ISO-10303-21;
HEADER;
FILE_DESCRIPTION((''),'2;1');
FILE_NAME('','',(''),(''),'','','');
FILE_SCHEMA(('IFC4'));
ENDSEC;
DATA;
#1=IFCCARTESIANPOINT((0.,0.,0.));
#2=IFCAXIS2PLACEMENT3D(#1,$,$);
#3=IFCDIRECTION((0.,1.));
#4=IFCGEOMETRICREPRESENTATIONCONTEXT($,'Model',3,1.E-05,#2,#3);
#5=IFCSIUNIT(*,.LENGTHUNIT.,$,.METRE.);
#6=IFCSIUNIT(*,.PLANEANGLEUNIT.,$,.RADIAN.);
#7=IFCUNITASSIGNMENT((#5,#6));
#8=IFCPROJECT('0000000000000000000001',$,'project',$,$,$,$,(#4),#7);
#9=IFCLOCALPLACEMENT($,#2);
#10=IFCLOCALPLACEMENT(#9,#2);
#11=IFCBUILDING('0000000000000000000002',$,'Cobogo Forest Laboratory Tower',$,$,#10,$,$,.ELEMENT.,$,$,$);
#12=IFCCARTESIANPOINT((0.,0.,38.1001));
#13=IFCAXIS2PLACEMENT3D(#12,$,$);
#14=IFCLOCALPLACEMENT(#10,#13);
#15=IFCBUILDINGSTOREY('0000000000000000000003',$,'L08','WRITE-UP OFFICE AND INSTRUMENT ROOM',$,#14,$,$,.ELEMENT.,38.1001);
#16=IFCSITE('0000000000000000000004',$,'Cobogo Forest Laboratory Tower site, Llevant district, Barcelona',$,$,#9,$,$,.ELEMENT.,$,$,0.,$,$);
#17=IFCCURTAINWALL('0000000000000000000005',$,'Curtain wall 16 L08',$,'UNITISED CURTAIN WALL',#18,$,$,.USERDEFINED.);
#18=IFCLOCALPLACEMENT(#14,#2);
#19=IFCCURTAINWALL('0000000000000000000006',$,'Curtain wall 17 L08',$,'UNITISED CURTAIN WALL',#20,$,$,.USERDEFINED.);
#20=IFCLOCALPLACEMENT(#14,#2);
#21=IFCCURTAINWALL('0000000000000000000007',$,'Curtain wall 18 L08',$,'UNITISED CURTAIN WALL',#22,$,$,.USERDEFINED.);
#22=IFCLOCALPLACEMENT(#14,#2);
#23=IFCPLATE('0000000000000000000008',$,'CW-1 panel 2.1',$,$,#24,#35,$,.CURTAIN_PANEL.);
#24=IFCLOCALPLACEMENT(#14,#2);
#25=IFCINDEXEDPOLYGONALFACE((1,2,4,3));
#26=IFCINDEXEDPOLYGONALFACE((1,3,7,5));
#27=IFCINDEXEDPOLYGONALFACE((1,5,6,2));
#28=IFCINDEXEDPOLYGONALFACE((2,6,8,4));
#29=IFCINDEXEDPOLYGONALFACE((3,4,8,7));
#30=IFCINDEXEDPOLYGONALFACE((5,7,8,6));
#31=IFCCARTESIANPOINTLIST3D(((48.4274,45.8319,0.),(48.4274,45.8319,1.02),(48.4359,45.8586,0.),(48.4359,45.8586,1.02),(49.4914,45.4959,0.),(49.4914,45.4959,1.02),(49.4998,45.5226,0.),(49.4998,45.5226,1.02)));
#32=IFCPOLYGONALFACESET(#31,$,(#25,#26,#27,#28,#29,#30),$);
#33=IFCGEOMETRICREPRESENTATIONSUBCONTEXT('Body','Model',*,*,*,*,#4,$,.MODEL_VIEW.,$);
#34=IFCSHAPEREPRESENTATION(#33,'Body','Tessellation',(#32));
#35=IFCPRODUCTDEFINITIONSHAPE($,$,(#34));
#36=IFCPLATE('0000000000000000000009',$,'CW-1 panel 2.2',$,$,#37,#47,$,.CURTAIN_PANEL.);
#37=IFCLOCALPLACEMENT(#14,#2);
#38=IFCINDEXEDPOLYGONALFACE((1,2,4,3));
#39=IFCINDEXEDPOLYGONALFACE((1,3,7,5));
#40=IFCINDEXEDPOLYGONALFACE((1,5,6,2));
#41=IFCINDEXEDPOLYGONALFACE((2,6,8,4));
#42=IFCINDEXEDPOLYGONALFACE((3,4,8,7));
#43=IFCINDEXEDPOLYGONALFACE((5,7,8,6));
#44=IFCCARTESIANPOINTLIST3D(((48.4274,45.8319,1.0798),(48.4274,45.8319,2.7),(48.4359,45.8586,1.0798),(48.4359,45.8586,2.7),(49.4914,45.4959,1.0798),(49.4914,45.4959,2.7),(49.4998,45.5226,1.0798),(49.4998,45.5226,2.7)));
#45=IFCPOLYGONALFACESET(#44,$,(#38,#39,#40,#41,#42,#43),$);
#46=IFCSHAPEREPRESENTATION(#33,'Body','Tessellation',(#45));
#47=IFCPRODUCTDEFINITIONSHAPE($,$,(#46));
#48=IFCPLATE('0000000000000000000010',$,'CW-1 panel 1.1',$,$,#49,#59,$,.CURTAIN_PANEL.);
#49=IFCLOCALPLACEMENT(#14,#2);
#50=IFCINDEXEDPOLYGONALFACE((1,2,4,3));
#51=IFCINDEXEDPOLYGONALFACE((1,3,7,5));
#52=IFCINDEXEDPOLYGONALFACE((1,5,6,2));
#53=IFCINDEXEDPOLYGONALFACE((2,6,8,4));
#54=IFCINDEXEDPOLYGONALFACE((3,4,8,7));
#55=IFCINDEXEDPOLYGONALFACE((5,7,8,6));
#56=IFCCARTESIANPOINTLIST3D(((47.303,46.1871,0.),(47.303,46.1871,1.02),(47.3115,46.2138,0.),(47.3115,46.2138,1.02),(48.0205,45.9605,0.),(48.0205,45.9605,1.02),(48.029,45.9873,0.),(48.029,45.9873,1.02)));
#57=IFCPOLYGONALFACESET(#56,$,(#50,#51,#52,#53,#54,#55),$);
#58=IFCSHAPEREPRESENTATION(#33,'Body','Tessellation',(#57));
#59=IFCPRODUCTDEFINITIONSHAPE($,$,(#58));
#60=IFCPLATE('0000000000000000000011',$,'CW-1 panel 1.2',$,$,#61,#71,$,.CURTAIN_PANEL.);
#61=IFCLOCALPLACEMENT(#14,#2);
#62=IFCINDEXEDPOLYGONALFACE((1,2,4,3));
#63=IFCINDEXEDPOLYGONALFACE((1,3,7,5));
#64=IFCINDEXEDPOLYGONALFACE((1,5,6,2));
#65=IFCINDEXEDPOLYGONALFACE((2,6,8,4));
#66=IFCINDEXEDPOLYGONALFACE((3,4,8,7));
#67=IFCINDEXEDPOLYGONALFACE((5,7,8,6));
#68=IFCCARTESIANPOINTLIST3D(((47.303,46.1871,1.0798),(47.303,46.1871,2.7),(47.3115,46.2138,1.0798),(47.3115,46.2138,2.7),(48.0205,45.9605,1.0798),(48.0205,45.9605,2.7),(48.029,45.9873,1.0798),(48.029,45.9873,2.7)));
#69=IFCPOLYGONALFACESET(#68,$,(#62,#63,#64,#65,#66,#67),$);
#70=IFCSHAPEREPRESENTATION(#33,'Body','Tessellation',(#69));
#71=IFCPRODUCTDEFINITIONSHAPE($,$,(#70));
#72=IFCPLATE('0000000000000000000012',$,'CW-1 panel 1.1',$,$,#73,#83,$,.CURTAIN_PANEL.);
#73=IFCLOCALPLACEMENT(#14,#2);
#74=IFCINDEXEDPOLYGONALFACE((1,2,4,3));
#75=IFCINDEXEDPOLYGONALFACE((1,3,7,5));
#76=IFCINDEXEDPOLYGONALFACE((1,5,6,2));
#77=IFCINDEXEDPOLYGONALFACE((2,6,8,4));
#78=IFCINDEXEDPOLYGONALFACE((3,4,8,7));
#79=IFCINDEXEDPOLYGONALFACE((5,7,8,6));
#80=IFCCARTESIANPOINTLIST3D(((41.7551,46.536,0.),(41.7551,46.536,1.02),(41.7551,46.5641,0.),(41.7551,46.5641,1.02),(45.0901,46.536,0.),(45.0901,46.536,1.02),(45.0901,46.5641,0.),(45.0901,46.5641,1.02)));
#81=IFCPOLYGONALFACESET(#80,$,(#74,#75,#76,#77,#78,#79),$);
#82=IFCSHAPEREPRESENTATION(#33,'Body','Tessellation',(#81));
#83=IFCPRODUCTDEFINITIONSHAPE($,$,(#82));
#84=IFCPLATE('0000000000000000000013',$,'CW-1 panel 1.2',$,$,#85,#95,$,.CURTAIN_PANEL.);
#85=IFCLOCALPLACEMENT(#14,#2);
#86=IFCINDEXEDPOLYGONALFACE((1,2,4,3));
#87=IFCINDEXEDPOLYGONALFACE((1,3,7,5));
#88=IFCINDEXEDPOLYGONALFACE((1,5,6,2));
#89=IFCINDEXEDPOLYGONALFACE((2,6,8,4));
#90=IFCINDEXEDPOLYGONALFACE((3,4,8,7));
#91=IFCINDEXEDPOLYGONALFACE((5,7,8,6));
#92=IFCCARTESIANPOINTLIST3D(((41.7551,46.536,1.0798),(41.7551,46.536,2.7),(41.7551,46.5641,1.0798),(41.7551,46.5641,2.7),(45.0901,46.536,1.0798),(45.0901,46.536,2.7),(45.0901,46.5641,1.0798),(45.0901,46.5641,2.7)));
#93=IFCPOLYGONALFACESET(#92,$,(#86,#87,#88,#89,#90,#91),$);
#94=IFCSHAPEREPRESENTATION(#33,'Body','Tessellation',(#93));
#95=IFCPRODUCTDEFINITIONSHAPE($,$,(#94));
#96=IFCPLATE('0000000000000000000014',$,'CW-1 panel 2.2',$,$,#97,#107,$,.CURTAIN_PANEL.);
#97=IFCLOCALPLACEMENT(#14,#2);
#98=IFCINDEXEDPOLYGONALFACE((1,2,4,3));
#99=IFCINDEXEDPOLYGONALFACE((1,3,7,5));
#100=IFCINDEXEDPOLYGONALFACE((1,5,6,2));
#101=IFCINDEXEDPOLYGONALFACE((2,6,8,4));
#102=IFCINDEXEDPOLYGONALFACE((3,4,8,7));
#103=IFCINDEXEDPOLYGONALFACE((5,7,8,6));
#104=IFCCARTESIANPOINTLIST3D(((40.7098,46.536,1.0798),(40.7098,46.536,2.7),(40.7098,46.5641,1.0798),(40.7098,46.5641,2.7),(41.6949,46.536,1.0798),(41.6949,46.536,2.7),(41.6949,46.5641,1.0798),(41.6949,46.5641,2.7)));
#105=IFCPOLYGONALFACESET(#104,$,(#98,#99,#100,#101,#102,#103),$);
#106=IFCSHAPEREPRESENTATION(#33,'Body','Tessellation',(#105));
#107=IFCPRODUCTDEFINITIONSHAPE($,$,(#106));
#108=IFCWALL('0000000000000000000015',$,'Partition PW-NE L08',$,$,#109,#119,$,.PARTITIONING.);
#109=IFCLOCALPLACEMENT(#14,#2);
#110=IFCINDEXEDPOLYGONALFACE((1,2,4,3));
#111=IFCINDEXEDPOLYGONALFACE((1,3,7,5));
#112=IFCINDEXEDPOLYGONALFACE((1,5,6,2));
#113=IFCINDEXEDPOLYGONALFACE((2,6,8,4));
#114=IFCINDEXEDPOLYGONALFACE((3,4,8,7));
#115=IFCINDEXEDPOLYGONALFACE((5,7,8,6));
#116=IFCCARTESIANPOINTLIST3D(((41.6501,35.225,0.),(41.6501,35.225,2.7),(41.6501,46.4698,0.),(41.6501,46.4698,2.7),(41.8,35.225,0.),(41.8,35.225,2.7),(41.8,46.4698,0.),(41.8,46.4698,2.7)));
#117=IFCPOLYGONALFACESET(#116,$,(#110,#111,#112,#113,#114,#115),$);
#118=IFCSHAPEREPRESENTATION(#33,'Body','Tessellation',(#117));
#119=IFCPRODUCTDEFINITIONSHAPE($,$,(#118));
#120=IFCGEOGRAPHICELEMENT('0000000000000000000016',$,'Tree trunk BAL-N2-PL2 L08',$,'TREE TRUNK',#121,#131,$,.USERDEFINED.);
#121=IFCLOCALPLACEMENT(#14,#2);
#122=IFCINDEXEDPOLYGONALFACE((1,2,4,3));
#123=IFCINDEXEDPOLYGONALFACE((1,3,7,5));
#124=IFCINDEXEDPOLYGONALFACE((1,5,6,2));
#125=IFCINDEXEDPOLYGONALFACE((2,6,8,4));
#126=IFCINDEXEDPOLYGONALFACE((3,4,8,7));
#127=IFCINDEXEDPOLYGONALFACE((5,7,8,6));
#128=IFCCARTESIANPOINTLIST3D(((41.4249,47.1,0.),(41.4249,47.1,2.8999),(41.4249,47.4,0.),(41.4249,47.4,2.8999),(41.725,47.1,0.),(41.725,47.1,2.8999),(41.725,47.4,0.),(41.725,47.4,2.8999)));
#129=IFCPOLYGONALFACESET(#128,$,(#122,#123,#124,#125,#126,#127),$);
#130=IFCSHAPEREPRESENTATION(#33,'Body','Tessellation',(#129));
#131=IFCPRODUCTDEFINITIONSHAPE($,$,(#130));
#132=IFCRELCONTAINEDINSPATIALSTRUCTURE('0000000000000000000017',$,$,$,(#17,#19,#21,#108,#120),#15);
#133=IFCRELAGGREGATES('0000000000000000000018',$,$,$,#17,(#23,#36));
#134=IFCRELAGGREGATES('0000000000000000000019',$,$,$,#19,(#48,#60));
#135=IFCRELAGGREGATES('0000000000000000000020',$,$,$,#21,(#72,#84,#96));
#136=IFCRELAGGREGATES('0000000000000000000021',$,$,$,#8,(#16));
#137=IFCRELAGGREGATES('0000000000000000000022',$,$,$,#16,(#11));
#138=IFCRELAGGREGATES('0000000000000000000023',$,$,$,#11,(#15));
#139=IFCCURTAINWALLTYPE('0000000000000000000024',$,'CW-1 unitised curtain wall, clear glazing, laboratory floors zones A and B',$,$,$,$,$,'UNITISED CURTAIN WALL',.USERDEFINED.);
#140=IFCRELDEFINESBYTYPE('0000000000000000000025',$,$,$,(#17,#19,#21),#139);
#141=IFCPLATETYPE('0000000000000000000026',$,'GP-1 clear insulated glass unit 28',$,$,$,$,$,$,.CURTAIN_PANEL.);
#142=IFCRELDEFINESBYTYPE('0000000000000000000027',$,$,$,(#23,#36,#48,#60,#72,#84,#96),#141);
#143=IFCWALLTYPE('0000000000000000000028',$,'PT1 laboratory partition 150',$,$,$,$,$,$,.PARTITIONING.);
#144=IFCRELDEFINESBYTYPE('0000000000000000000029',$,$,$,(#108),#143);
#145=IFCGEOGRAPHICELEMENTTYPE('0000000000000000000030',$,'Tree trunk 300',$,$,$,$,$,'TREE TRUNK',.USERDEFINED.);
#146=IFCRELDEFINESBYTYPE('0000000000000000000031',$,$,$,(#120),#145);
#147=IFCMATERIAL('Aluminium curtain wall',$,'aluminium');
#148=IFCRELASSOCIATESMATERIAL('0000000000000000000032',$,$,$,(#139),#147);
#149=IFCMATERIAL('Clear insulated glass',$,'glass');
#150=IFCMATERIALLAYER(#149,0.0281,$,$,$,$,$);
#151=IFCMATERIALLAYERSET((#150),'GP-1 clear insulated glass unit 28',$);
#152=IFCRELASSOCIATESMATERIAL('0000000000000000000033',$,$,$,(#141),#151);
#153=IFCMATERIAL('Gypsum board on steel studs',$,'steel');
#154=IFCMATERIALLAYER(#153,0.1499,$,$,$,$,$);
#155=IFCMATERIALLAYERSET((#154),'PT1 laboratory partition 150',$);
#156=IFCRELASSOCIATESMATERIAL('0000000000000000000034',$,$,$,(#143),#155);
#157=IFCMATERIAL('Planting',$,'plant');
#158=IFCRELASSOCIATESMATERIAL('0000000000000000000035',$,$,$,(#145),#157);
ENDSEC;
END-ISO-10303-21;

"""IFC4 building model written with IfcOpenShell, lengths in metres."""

from ifc_helpers import new_model, si_unit, direction, frame, frame_2d, origin, origin_2d, place, context, subcontext, project, spatial, rectangle, extrude, material, layer, layer_set, type_object, element, aggregate, save


model = new_model("IFC4")

# Units and contexts
model_context = context("Model", 3, precision=1e-05, world=origin(), true_north=direction((0.0, 1.0)))
body_context = subcontext(model_context, "Body", "Model", "MODEL_VIEW")
ifc_project = project(units=[si_unit("LENGTHUNIT", "METRE"), si_unit("PLANEANGLEUNIT", "RADIAN")], contexts=[model_context])

# Site, building, storey
site_placement = place(None, origin())
site = spatial("IfcSite", under=ifc_project, at=site_placement, Name="Cobogo Forest Laboratory Tower site, Llevant district, Barcelona", CompositionType="ELEMENT", RefElevation=0.0)
building_placement = place(site_placement, origin())
building = spatial("IfcBuilding", under=site, at=building_placement, Name="Cobogo Forest Laboratory Tower", CompositionType="ELEMENT")
storey_placement = place(building_placement, frame((0.0, 0.0, 38.1001)))
storey = spatial("IfcBuildingStorey", under=building, at=storey_placement, Name="L08", Description="WRITE-UP OFFICE AND INSTRUMENT ROOM", CompositionType="ELEMENT", Elevation=38.1001)

# Shared definitions
ifc_material_1 = material(Name="Aluminium curtain wall", Category="aluminium")
curtain_wall_type = type_object("IfcCurtainWallType", Name="CW-1 unitised curtain wall, clear glazing, laboratory floors zones A and B", ElementType="UNITISED CURTAIN WALL", PredefinedType="USERDEFINED", material=ifc_material_1)

# Curtain walls
curtain_wall_1_placement = place(storey_placement, origin())
curtain_wall_1 = element("IfcCurtainWall", 1, at=curtain_wall_1_placement, inside=storey, type_object=curtain_wall_type, Name="Curtain wall 16 L08", ObjectType="UNITISED CURTAIN WALL", PredefinedType="USERDEFINED")
curtain_wall_2_placement = place(storey_placement, origin())
curtain_wall_2 = element("IfcCurtainWall", 2, at=curtain_wall_2_placement, inside=storey, type_object=curtain_wall_type, Name="Curtain wall 17 L08", ObjectType="UNITISED CURTAIN WALL", PredefinedType="USERDEFINED")
curtain_wall_3_placement = place(storey_placement, origin())
curtain_wall_3 = element("IfcCurtainWall", 3, at=curtain_wall_3_placement, inside=storey, type_object=curtain_wall_type, Name="Curtain wall 18 L08", ObjectType="UNITISED CURTAIN WALL", PredefinedType="USERDEFINED")

# Plates
ifc_material_2 = material(Name="Clear insulated glass", Category="glass")
ifc_layer_1 = layer(ifc_material_2, 0.0281)
ifc_layer_set_1 = layer_set([ifc_layer_1], Name="GP-1 clear insulated glass unit 28")
plate_type = type_object("IfcPlateType", Name="GP-1 clear insulated glass unit 28", PredefinedType="CURTAIN_PANEL", material=ifc_layer_set_1)
plate_1_placement = place(storey_placement, frame((48.9636, 45.6772, 0.0), z_axis=(0.0, 0.0, 1.0), x_axis=(-0.953581, 0.301135, 0.0)))
plate_1 = element("IfcPlate", 4, at=plate_1_placement, type_object=plate_type, Name="CW-1 panel 2.1", PredefinedType="CURTAIN_PANEL", context=body_context, shape_type="SweptSolid", body=[
    extrude(rectangle(XDim=1.1157, YDim=0.0281, at=origin_2d()), origin(), (0.0, 0.0, 1.0), 1.02),
])
plate_2_placement = place(storey_placement, frame((48.9636, 45.6772, 1.0798), z_axis=(0.0, 0.0, 1.0), x_axis=(-0.953581, 0.301135, 0.0)))
plate_2 = element("IfcPlate", 5, at=plate_2_placement, type_object=plate_type, Name="CW-1 panel 2.2", PredefinedType="CURTAIN_PANEL", context=body_context, shape_type="SweptSolid", body=[
    extrude(rectangle(XDim=1.1157, YDim=0.0281, at=origin_2d()), origin(), (0.0, 0.0, 1.0), 1.6201),
])
aggregate(curtain_wall_1, [plate_1, plate_2])
plate_3_placement = place(storey_placement, frame((47.666, 46.0872, 0.0), z_axis=(0.0, 0.0, 1.0), x_axis=(-0.953582, 0.301135, 0.0)))
plate_3 = element("IfcPlate", 6, at=plate_3_placement, type_object=plate_type, Name="CW-1 panel 1.1", PredefinedType="CURTAIN_PANEL", context=body_context, shape_type="SweptSolid", body=[
    extrude(rectangle(XDim=0.7524, YDim=0.0281, at=origin_2d()), origin(), (0.0, 0.0, 1.0), 1.02),
])
plate_4_placement = place(storey_placement, frame((47.666, 46.0872, 1.0798), z_axis=(0.0, 0.0, 1.0), x_axis=(-0.953582, 0.301135, 0.0)))
plate_4 = element("IfcPlate", 7, at=plate_4_placement, type_object=plate_type, Name="CW-1 panel 1.2", PredefinedType="CURTAIN_PANEL", context=body_context, shape_type="SweptSolid", body=[
    extrude(rectangle(XDim=0.7524, YDim=0.0281, at=origin_2d()), origin(), (0.0, 0.0, 1.0), 1.6201),
])
aggregate(curtain_wall_2, [plate_3, plate_4])
plate_5_placement = place(storey_placement, frame((43.4226, 46.55, 0.0), z_axis=(0.0, 0.0, 1.0), x_axis=(-1.0, 0.0, 0.0)))
plate_5 = element("IfcPlate", 8, at=plate_5_placement, type_object=plate_type, Name="CW-1 panel 1.1", PredefinedType="CURTAIN_PANEL", context=body_context, shape_type="SweptSolid", body=[
    extrude(rectangle(XDim=3.335, YDim=0.0281, at=origin_2d()), origin(), (0.0, 0.0, 1.0), 1.02),
])
plate_6_placement = place(storey_placement, frame((43.4226, 46.55, 1.0798), z_axis=(0.0, 0.0, 1.0), x_axis=(-1.0, 0.0, 0.0)))
plate_6 = element("IfcPlate", 9, at=plate_6_placement, type_object=plate_type, Name="CW-1 panel 1.2", PredefinedType="CURTAIN_PANEL", context=body_context, shape_type="SweptSolid", body=[
    extrude(rectangle(XDim=3.335, YDim=0.0281, at=origin_2d()), origin(), (0.0, 0.0, 1.0), 1.6201),
])
plate_7_placement = place(storey_placement, frame((41.2024, 46.55, 1.0798), z_axis=(0.0, 0.0, 1.0), x_axis=(-1.0, 0.0, 0.0)))
plate_7 = element("IfcPlate", 10, at=plate_7_placement, type_object=plate_type, Name="CW-1 panel 2.2", PredefinedType="CURTAIN_PANEL", context=body_context, shape_type="SweptSolid", body=[
    extrude(rectangle(XDim=0.9851, YDim=0.0281, at=origin_2d()), origin(), (0.0, 0.0, 1.0), 1.6201),
])
aggregate(curtain_wall_3, [plate_5, plate_6, plate_7])

# Wall
ifc_material_3 = material(Name="Gypsum board on steel studs", Category="steel")
ifc_layer_2 = layer(ifc_material_3, 0.1499)
ifc_layer_set_2 = layer_set([ifc_layer_2], Name="PT1 laboratory partition 150")
wall_type = type_object("IfcWallType", Name="PT1 laboratory partition 150", PredefinedType="PARTITIONING", material=ifc_layer_set_2)
wall_placement = place(storey_placement, frame((41.7251, 46.47, 0.0), z_axis=(0.0, 0.0, 1.0), x_axis=(0.0, -1.0, 0.0)))
element("IfcWall", 11, at=wall_placement, inside=storey, type_object=wall_type, Name="Partition PW-NE L08", PredefinedType="PARTITIONING", context=body_context, shape_type="SweptSolid", body=[
    extrude(rectangle(XDim=11.2449, YDim=0.1499, at=frame_2d((5.6226, 0.0))), origin(), (0.0, 0.0, 1.0), 2.7),
])

# Geographic element
ifc_material_4 = material(Name="Planting", Category="plant")
geographic_element_type = type_object("IfcGeographicElementType", Name="Tree trunk 300", ElementType="TREE TRUNK", PredefinedType="USERDEFINED", material=ifc_material_4)
geographic_element_placement = place(storey_placement, frame((41.575, 47.25, 0.0), z_axis=(0.0, 0.0, 1.0), x_axis=(1.0, 0.0, 0.0)))
element("IfcGeographicElement", 12, at=geographic_element_placement, inside=storey, type_object=geographic_element_type, Name="Tree trunk BAL-N2-PL2 L08", ObjectType="TREE TRUNK", PredefinedType="USERDEFINED", context=body_context, shape_type="SweptSolid", body=[
    extrude(rectangle(XDim=0.3, YDim=0.3, at=origin_2d()), origin(), (0.0, 0.0, 1.0), 2.8999),
])

save(model, "model.ifc")
